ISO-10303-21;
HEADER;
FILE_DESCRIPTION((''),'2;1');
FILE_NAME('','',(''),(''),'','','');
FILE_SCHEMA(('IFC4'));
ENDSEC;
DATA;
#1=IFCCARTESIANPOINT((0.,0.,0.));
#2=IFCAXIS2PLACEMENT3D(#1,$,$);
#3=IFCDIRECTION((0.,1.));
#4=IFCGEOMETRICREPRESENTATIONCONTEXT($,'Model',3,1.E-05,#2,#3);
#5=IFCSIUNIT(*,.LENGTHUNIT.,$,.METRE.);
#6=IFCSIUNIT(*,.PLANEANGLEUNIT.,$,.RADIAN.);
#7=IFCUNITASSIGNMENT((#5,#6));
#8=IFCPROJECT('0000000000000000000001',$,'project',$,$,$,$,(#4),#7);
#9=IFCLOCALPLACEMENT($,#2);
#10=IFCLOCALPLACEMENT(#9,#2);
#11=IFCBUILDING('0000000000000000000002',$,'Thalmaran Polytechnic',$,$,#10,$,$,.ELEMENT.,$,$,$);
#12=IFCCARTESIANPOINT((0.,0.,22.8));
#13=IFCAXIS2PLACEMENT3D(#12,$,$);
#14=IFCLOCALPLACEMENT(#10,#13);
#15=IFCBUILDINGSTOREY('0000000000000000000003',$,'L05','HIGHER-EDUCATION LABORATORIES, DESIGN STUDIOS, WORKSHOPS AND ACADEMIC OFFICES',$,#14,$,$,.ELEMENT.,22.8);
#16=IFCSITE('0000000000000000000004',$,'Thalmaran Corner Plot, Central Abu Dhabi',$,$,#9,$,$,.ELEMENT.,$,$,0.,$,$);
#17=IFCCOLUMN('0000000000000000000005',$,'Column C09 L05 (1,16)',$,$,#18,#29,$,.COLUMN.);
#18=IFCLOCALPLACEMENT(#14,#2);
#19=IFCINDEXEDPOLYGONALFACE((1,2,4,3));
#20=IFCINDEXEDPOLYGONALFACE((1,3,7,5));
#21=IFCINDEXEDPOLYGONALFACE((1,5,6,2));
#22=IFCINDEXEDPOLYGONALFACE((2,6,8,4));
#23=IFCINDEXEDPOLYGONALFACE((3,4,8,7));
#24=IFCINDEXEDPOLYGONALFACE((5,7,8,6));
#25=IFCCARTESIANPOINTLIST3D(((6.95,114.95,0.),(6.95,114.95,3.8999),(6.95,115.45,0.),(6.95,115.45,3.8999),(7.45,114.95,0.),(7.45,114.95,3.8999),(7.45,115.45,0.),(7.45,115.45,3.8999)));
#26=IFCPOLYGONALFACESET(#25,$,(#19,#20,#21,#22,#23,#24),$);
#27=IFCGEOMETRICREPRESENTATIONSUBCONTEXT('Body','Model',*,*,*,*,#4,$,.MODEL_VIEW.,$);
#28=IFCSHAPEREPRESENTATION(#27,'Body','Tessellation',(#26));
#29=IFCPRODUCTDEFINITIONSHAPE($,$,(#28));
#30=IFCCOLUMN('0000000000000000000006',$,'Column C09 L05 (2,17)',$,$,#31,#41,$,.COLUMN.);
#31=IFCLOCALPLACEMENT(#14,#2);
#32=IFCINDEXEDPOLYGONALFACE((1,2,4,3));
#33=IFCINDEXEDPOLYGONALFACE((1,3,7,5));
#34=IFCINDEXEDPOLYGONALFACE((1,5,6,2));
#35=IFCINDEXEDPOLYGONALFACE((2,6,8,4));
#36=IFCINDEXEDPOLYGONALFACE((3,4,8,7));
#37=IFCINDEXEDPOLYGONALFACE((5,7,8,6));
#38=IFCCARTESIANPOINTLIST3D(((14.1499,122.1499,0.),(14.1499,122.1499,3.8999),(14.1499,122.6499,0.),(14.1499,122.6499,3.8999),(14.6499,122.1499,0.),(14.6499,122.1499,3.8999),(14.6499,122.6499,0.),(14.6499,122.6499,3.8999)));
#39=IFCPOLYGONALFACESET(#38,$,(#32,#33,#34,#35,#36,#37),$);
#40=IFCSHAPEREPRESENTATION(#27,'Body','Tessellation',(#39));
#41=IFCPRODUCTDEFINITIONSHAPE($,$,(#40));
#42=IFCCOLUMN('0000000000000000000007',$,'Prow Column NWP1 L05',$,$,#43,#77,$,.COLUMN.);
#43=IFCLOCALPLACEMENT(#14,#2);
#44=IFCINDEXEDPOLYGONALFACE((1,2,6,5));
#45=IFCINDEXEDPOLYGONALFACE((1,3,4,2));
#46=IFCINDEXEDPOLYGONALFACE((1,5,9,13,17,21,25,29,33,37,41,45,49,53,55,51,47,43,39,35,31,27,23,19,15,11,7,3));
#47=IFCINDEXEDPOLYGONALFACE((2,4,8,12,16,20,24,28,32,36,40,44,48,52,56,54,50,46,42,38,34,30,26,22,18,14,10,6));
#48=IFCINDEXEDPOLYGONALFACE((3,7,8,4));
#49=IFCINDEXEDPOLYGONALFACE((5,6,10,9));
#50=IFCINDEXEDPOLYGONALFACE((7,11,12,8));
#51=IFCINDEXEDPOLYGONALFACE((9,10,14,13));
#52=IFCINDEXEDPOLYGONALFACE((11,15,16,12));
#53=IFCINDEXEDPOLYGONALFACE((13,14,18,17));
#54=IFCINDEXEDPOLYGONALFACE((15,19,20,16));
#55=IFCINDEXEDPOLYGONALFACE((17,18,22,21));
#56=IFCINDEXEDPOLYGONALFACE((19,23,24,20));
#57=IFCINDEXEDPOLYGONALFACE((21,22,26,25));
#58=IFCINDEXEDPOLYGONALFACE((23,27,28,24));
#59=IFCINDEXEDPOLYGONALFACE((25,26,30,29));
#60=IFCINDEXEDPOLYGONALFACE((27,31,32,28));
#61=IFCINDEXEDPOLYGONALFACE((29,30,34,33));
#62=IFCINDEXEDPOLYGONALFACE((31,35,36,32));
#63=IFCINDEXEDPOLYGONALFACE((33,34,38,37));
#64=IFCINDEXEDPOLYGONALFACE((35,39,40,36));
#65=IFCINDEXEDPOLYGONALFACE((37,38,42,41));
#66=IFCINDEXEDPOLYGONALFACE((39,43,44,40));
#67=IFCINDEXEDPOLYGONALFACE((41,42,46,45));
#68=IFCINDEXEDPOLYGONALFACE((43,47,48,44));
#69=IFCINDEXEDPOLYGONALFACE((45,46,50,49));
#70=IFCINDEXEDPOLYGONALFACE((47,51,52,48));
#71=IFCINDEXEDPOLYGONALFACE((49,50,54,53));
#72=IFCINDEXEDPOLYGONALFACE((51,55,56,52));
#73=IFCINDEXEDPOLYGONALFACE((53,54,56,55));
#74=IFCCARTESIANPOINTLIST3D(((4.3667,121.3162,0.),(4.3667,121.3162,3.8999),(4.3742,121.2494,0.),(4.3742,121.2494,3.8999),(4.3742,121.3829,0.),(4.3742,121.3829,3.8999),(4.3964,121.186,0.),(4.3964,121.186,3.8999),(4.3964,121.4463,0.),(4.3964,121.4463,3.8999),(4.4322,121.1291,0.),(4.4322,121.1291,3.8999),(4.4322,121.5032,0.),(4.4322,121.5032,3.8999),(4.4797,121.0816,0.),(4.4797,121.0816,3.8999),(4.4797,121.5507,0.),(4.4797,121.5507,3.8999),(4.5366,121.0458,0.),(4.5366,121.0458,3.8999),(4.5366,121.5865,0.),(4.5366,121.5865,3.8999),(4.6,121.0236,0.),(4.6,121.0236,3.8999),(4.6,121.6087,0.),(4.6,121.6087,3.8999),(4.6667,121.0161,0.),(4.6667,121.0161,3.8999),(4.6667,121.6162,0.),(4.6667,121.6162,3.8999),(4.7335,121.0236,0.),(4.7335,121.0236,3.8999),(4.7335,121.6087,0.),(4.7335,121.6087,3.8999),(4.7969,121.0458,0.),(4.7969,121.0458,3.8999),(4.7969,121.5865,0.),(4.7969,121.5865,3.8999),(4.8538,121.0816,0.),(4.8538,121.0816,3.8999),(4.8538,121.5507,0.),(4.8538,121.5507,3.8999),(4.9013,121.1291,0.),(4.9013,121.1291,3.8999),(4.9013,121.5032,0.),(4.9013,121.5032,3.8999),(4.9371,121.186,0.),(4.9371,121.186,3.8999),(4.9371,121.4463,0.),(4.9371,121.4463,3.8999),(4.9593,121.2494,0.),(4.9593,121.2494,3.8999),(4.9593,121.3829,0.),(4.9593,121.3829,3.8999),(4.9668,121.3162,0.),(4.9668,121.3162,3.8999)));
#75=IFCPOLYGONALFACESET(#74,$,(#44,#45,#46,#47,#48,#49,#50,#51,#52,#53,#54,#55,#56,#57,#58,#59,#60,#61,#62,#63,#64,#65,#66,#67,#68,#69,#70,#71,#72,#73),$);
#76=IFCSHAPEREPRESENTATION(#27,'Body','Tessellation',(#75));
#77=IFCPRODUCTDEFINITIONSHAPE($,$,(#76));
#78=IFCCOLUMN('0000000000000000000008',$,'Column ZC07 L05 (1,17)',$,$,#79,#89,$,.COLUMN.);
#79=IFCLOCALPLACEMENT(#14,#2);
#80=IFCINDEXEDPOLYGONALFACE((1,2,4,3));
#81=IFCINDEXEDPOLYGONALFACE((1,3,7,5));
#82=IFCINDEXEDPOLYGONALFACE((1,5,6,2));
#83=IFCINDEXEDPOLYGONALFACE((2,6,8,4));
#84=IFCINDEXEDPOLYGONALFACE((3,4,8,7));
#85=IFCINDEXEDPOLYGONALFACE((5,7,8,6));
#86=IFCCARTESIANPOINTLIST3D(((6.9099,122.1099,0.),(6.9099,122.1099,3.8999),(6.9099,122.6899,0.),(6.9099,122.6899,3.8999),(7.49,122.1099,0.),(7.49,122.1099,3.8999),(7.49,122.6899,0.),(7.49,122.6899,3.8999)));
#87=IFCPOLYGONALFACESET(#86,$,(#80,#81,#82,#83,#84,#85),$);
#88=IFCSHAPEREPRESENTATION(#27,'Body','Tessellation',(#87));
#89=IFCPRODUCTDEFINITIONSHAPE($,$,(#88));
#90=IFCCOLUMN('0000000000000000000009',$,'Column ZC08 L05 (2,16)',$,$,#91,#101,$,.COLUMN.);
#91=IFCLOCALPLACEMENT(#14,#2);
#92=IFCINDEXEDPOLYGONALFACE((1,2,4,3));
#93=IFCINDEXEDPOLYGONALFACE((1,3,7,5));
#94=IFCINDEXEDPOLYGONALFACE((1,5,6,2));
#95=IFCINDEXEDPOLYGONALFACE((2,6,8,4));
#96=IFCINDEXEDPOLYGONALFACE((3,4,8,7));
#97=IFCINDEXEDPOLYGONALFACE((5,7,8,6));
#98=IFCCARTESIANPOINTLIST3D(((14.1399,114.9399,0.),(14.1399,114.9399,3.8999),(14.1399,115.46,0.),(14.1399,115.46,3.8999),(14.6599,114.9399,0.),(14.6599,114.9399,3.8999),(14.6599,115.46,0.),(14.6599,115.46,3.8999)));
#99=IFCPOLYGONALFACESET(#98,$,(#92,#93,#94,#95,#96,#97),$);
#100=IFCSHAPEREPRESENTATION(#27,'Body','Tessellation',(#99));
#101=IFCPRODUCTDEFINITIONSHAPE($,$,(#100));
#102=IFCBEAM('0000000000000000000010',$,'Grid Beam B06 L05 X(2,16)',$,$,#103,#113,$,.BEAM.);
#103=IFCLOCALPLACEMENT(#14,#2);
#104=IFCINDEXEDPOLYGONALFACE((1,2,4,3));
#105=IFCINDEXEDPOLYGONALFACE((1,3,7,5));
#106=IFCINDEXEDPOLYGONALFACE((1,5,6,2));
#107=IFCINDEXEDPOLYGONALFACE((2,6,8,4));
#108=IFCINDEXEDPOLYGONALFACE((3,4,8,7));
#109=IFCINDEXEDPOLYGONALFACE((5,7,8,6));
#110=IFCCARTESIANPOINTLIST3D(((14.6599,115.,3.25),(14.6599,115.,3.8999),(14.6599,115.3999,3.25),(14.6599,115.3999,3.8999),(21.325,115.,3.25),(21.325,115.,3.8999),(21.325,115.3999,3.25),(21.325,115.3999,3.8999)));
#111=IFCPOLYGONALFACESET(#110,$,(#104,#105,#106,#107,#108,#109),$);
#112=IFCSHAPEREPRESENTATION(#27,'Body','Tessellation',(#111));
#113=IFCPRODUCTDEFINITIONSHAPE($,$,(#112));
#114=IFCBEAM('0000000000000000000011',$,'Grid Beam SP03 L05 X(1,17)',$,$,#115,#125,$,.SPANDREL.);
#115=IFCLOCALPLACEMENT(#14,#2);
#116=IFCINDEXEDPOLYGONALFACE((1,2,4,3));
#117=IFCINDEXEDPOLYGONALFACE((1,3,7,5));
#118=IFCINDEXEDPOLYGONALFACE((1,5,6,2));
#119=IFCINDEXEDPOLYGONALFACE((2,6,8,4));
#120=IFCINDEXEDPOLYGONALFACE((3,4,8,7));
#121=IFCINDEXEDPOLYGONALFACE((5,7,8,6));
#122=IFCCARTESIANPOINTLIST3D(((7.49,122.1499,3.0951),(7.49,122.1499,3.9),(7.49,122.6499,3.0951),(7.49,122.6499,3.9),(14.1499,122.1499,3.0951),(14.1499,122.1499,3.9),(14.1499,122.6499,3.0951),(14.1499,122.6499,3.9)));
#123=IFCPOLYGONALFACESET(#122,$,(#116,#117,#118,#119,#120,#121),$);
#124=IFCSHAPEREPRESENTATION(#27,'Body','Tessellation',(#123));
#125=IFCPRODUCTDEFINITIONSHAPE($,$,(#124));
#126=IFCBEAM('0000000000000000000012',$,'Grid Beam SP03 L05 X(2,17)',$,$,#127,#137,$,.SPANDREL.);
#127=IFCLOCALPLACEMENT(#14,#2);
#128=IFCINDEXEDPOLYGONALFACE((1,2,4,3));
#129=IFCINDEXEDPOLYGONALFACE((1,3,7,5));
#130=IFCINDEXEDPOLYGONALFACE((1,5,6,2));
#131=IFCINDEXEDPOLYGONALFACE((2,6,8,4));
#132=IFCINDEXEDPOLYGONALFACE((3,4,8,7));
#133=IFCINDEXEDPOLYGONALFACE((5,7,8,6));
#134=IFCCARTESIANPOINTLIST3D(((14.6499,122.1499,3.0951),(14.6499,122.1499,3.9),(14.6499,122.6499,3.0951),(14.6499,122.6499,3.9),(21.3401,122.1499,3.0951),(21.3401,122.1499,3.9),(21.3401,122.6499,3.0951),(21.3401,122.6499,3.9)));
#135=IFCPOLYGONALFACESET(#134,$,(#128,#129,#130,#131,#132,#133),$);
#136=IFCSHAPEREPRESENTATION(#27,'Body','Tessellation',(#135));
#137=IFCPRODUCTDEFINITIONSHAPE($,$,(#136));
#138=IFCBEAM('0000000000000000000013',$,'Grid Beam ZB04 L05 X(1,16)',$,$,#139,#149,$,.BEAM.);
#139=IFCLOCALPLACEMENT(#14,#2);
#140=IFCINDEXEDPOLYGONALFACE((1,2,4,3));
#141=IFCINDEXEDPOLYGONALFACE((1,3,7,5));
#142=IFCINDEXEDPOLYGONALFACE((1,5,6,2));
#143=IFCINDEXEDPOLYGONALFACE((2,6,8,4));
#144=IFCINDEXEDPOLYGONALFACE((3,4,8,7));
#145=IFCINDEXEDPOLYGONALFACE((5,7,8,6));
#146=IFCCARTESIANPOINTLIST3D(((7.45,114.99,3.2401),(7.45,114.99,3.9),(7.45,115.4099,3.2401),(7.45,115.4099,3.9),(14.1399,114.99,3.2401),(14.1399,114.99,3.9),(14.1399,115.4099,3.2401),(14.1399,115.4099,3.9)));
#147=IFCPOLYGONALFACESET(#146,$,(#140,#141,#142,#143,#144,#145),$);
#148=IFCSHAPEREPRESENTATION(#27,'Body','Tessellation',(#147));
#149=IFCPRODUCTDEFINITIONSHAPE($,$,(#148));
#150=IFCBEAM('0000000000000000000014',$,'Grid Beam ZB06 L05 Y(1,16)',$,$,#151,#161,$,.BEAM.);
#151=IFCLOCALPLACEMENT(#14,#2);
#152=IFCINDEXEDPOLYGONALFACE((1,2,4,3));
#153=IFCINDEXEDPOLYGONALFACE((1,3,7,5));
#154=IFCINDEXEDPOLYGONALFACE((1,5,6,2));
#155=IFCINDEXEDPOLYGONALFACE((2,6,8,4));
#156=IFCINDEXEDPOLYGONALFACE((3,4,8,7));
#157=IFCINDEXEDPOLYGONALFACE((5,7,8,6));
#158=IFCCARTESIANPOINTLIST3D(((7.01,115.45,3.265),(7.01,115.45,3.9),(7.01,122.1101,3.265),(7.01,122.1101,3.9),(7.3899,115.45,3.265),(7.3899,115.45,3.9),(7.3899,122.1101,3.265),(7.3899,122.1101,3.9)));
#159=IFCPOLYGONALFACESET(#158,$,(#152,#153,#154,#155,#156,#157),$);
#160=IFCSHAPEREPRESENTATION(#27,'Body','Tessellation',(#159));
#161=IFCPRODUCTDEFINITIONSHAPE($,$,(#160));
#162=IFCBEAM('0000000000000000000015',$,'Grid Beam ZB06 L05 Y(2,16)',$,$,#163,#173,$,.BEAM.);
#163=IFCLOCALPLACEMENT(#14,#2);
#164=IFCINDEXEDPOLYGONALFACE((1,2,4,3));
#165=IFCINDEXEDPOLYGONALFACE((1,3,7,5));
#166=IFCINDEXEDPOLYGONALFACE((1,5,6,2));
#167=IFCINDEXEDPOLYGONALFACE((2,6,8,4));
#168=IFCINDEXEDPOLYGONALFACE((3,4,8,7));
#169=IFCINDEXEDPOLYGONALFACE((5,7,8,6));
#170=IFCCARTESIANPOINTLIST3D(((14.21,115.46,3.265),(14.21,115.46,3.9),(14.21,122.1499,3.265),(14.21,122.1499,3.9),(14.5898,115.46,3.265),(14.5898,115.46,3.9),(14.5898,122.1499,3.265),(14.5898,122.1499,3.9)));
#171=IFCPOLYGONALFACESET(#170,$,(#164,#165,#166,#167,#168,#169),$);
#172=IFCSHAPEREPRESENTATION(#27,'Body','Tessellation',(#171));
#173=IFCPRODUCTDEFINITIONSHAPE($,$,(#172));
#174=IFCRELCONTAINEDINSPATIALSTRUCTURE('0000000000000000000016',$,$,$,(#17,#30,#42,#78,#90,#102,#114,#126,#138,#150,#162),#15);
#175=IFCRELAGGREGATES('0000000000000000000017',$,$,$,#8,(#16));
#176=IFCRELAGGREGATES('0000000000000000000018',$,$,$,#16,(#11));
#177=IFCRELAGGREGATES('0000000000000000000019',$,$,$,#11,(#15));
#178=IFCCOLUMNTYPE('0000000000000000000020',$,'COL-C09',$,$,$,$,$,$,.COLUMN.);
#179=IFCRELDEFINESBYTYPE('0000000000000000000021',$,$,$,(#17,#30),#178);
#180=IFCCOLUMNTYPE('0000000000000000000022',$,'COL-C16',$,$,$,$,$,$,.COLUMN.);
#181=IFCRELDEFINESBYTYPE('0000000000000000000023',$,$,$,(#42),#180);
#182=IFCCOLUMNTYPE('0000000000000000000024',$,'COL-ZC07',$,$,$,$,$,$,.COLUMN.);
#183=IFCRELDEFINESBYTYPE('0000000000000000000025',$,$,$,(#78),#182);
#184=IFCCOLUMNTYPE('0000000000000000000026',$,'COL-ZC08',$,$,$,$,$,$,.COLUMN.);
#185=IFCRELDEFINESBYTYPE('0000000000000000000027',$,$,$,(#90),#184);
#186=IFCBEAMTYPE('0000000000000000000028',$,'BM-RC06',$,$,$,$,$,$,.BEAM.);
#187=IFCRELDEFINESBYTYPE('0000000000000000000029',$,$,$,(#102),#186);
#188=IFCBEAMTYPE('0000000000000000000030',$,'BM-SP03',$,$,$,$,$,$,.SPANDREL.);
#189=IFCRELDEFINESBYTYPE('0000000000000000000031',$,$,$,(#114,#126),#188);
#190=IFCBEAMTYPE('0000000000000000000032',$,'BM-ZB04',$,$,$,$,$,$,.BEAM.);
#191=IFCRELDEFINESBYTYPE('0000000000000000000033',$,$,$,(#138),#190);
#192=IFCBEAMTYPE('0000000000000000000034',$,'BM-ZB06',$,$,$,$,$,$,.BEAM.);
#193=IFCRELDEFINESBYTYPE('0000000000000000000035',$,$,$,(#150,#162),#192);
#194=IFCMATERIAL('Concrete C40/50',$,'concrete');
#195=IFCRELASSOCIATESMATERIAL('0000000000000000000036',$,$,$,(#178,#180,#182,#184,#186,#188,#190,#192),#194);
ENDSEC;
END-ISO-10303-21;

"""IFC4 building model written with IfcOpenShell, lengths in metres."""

from ifc_helpers import new_model, si_unit, direction, frame, origin, origin_2d, place, context, subcontext, project, spatial, rectangle, circle, extrude, material, material_profile, profile_set, type_object, element, save


model = new_model("IFC4")

# Units and contexts
model_context = context("Model", 3, precision=1e-05, world=origin(), true_north=direction((0.0, 1.0)))
body_context = subcontext(model_context, "Body", "Model", "MODEL_VIEW")
ifc_project = project(units=[si_unit("LENGTHUNIT", "METRE"), si_unit("PLANEANGLEUNIT", "RADIAN")], contexts=[model_context])

# Site, building, storey
site_placement = place(None, origin())
site = spatial("IfcSite", under=ifc_project, at=site_placement, Name="Thalmaran Corner Plot, Central Abu Dhabi", CompositionType="ELEMENT", RefElevation=0.0)
building_placement = place(site_placement, origin())
building = spatial("IfcBuilding", under=site, at=building_placement, Name="Thalmaran Polytechnic", CompositionType="ELEMENT")
storey_placement = place(building_placement, frame((0.0, 0.0, 22.8)))
storey = spatial("IfcBuildingStorey", under=building, at=storey_placement, Name="L05", Description="HIGHER-EDUCATION LABORATORIES, DESIGN STUDIOS, WORKSHOPS AND ACADEMIC OFFICES", CompositionType="ELEMENT", Elevation=22.8)

# Columns
ifc_material_1 = material(Name="Concrete C40/50", Category="concrete")
ifc_material_profile_1 = material_profile(ifc_material_1, rectangle(XDim=0.5, YDim=0.5, at=origin_2d()), Name="RC 500x500")
ifc_profile_set_1 = profile_set([ifc_material_profile_1], Name="Concrete C40/50")
column_type_1 = type_object("IfcColumnType", Name="COL-C09", PredefinedType="COLUMN", material=ifc_profile_set_1)
for number, where, z_axis, x_axis, name in (
    (1, (7.2, 115.2, 0.0), (0.0, 0.0, 1.0), (1.0, 0.0, 0.0), "Column C09 L05 (1,16)"),
    (2, (14.3999, 122.3999, 0.0), (0.0, 0.0, 1.0), (1.0, 0.0, 0.0), "Column C09 L05 (2,17)"),
):
    element("IfcColumn", number, at=place(storey_placement, frame(where, z_axis=z_axis, x_axis=x_axis)), inside=storey, type_object=column_type_1, Name=name, PredefinedType="COLUMN", context=body_context, shape_type="SweptSolid", body=[
        extrude(rectangle(XDim=0.5, YDim=0.5, at=origin_2d()), origin(), (0.0, 0.0, 1.0), 3.8999),
    ])
ifc_material_profile_2 = material_profile(ifc_material_1, circle(Radius=0.3, at=origin_2d()), Name="RC 600 DIA")
ifc_profile_set_2 = profile_set([ifc_material_profile_2], Name="Concrete C40/50")
column_type_2 = type_object("IfcColumnType", Name="COL-C16", PredefinedType="COLUMN", material=ifc_profile_set_2)
column_1_placement = place(storey_placement, frame((4.6667, 121.3162, 0.0), z_axis=(0.0, 0.0, 1.0), x_axis=(1.0, 0.0, 0.0)))
element("IfcColumn", 3, at=column_1_placement, inside=storey, type_object=column_type_2, Name="Prow Column NWP1 L05", PredefinedType="COLUMN", context=body_context, shape_type="SweptSolid", body=[
    extrude(circle(Radius=0.3, at=origin_2d()), origin(), (0.0, 0.0, 1.0), 3.8999),
])
ifc_material_profile_3 = material_profile(ifc_material_1, rectangle(XDim=0.5801, YDim=0.5801, at=origin_2d()), Name="RC 580x580")
ifc_profile_set_3 = profile_set([ifc_material_profile_3], Name="Concrete C40/50")
column_type_3 = type_object("IfcColumnType", Name="COL-ZC07", PredefinedType="COLUMN", material=ifc_profile_set_3)
column_2_placement = place(storey_placement, frame((7.2, 122.3999, 0.0), z_axis=(0.0, 0.0, 1.0), x_axis=(1.0, 0.0, 0.0)))
element("IfcColumn", 4, at=column_2_placement, inside=storey, type_object=column_type_3, Name="Column ZC07 L05 (1,17)", PredefinedType="COLUMN", context=body_context, shape_type="SweptSolid", body=[
    extrude(rectangle(XDim=0.5801, YDim=0.5801, at=origin_2d()), origin(), (0.0, 0.0, 1.0), 3.8999),
])
ifc_material_profile_4 = material_profile(ifc_material_1, rectangle(XDim=0.52, YDim=0.52, at=origin_2d()), Name="RC 520x520")
ifc_profile_set_4 = profile_set([ifc_material_profile_4], Name="Concrete C40/50")
column_type_4 = type_object("IfcColumnType", Name="COL-ZC08", PredefinedType="COLUMN", material=ifc_profile_set_4)
column_3_placement = place(storey_placement, frame((14.3999, 115.2, 0.0), z_axis=(0.0, 0.0, 1.0), x_axis=(1.0, 0.0, 0.0)))
element("IfcColumn", 5, at=column_3_placement, inside=storey, type_object=column_type_4, Name="Column ZC08 L05 (2,16)", PredefinedType="COLUMN", context=body_context, shape_type="SweptSolid", body=[
    extrude(rectangle(XDim=0.52, YDim=0.52, at=origin_2d()), origin(), (0.0, 0.0, 1.0), 3.8999),
])

# Beams
ifc_material_profile_5 = material_profile(ifc_material_1, rectangle(XDim=0.3999, YDim=0.6499, at=origin_2d()), Name="RC 400x650")
ifc_profile_set_5 = profile_set([ifc_material_profile_5], Name="Concrete C40/50")
beam_type_1 = type_object("IfcBeamType", Name="BM-RC06", PredefinedType="BEAM", material=ifc_profile_set_5)
beam_1_placement = place(storey_placement, frame((14.6599, 115.2, 3.575), z_axis=(1.0, 0.0, 0.0), x_axis=(0.0, 1.0, 0.0)))
element("IfcBeam", 6, at=beam_1_placement, inside=storey, type_object=beam_type_1, Name="Grid Beam B06 L05 X(2,16)", PredefinedType="BEAM", context=body_context, shape_type="SweptSolid", body=[
    extrude(rectangle(XDim=0.3999, YDim=0.6499, at=origin_2d()), origin(), (0.0, 0.0, 1.0), 6.665),
])
ifc_material_profile_6 = material_profile(ifc_material_1, rectangle(XDim=0.5, YDim=0.8049, at=origin_2d()), Name="RC 500x805")
ifc_profile_set_6 = profile_set([ifc_material_profile_6], Name="Concrete C40/50")
beam_type_2 = type_object("IfcBeamType", Name="BM-SP03", PredefinedType="SPANDREL", material=ifc_profile_set_6)
beam_2_placement = place(storey_placement, frame((7.49, 122.3999, 3.4976), z_axis=(1.0, 0.0, 0.0), x_axis=(0.0, 1.0, 0.0)))
element("IfcBeam", 7, at=beam_2_placement, inside=storey, type_object=beam_type_2, Name="Grid Beam SP03 L05 X(1,17)", PredefinedType="SPANDREL", context=body_context, shape_type="SweptSolid", body=[
    extrude(rectangle(XDim=0.5, YDim=0.8049, at=origin_2d()), origin(), (0.0, 0.0, 1.0), 6.6599),
])
beam_3_placement = place(storey_placement, frame((14.6499, 122.3999, 3.4976), z_axis=(1.0, 0.0, 0.0), x_axis=(0.0, 1.0, 0.0)))
element("IfcBeam", 8, at=beam_3_placement, inside=storey, type_object=beam_type_2, Name="Grid Beam SP03 L05 X(2,17)", PredefinedType="SPANDREL", context=body_context, shape_type="SweptSolid", body=[
    extrude(rectangle(XDim=0.5, YDim=0.8049, at=origin_2d()), origin(), (0.0, 0.0, 1.0), 6.6902),
])
ifc_material_profile_7 = material_profile(ifc_material_1, rectangle(XDim=0.4199, YDim=0.6599, at=origin_2d()), Name="RC 420x660")
ifc_profile_set_7 = profile_set([ifc_material_profile_7], Name="Concrete C40/50")
beam_type_3 = type_object("IfcBeamType", Name="BM-ZB04", PredefinedType="BEAM", material=ifc_profile_set_7)
beam_4_placement = place(storey_placement, frame((7.45, 115.2, 3.5701), z_axis=(1.0, 0.0, 0.0), x_axis=(0.0, 1.0, 0.0)))
element("IfcBeam", 9, at=beam_4_placement, inside=storey, type_object=beam_type_3, Name="Grid Beam ZB04 L05 X(1,16)", PredefinedType="BEAM", context=body_context, shape_type="SweptSolid", body=[
    extrude(rectangle(XDim=0.4199, YDim=0.6599, at=origin_2d()), origin(), (0.0, 0.0, 1.0), 6.6899),
])
ifc_material_profile_8 = material_profile(ifc_material_1, rectangle(XDim=0.3799, YDim=0.635, at=origin_2d()), Name="RC 380x635")
ifc_profile_set_8 = profile_set([ifc_material_profile_8], Name="Concrete C40/50")
beam_type_4 = type_object("IfcBeamType", Name="BM-ZB06", PredefinedType="BEAM", material=ifc_profile_set_8)
beam_5_placement = place(storey_placement, frame((7.2, 115.45, 3.5825), z_axis=(0.0, 1.0, 0.0), x_axis=(-1.0, 0.0, 0.0)))
element("IfcBeam", 10, at=beam_5_placement, inside=storey, type_object=beam_type_4, Name="Grid Beam ZB06 L05 Y(1,16)", PredefinedType="BEAM", context=body_context, shape_type="SweptSolid", body=[
    extrude(rectangle(XDim=0.3799, YDim=0.635, at=origin_2d()), origin(), (0.0, 0.0, 1.0), 6.6602),
])
beam_6_placement = place(storey_placement, frame((14.3999, 115.46, 3.5825), z_axis=(0.0, 1.0, 0.0), x_axis=(-1.0, 0.0, 0.0)))
element("IfcBeam", 11, at=beam_6_placement, inside=storey, type_object=beam_type_4, Name="Grid Beam ZB06 L05 Y(2,16)", PredefinedType="BEAM", context=body_context, shape_type="SweptSolid", body=[
    extrude(rectangle(XDim=0.3799, YDim=0.635, at=origin_2d()), origin(), (0.0, 0.0, 1.0), 6.6899),
])

save(model, "model.ifc")
